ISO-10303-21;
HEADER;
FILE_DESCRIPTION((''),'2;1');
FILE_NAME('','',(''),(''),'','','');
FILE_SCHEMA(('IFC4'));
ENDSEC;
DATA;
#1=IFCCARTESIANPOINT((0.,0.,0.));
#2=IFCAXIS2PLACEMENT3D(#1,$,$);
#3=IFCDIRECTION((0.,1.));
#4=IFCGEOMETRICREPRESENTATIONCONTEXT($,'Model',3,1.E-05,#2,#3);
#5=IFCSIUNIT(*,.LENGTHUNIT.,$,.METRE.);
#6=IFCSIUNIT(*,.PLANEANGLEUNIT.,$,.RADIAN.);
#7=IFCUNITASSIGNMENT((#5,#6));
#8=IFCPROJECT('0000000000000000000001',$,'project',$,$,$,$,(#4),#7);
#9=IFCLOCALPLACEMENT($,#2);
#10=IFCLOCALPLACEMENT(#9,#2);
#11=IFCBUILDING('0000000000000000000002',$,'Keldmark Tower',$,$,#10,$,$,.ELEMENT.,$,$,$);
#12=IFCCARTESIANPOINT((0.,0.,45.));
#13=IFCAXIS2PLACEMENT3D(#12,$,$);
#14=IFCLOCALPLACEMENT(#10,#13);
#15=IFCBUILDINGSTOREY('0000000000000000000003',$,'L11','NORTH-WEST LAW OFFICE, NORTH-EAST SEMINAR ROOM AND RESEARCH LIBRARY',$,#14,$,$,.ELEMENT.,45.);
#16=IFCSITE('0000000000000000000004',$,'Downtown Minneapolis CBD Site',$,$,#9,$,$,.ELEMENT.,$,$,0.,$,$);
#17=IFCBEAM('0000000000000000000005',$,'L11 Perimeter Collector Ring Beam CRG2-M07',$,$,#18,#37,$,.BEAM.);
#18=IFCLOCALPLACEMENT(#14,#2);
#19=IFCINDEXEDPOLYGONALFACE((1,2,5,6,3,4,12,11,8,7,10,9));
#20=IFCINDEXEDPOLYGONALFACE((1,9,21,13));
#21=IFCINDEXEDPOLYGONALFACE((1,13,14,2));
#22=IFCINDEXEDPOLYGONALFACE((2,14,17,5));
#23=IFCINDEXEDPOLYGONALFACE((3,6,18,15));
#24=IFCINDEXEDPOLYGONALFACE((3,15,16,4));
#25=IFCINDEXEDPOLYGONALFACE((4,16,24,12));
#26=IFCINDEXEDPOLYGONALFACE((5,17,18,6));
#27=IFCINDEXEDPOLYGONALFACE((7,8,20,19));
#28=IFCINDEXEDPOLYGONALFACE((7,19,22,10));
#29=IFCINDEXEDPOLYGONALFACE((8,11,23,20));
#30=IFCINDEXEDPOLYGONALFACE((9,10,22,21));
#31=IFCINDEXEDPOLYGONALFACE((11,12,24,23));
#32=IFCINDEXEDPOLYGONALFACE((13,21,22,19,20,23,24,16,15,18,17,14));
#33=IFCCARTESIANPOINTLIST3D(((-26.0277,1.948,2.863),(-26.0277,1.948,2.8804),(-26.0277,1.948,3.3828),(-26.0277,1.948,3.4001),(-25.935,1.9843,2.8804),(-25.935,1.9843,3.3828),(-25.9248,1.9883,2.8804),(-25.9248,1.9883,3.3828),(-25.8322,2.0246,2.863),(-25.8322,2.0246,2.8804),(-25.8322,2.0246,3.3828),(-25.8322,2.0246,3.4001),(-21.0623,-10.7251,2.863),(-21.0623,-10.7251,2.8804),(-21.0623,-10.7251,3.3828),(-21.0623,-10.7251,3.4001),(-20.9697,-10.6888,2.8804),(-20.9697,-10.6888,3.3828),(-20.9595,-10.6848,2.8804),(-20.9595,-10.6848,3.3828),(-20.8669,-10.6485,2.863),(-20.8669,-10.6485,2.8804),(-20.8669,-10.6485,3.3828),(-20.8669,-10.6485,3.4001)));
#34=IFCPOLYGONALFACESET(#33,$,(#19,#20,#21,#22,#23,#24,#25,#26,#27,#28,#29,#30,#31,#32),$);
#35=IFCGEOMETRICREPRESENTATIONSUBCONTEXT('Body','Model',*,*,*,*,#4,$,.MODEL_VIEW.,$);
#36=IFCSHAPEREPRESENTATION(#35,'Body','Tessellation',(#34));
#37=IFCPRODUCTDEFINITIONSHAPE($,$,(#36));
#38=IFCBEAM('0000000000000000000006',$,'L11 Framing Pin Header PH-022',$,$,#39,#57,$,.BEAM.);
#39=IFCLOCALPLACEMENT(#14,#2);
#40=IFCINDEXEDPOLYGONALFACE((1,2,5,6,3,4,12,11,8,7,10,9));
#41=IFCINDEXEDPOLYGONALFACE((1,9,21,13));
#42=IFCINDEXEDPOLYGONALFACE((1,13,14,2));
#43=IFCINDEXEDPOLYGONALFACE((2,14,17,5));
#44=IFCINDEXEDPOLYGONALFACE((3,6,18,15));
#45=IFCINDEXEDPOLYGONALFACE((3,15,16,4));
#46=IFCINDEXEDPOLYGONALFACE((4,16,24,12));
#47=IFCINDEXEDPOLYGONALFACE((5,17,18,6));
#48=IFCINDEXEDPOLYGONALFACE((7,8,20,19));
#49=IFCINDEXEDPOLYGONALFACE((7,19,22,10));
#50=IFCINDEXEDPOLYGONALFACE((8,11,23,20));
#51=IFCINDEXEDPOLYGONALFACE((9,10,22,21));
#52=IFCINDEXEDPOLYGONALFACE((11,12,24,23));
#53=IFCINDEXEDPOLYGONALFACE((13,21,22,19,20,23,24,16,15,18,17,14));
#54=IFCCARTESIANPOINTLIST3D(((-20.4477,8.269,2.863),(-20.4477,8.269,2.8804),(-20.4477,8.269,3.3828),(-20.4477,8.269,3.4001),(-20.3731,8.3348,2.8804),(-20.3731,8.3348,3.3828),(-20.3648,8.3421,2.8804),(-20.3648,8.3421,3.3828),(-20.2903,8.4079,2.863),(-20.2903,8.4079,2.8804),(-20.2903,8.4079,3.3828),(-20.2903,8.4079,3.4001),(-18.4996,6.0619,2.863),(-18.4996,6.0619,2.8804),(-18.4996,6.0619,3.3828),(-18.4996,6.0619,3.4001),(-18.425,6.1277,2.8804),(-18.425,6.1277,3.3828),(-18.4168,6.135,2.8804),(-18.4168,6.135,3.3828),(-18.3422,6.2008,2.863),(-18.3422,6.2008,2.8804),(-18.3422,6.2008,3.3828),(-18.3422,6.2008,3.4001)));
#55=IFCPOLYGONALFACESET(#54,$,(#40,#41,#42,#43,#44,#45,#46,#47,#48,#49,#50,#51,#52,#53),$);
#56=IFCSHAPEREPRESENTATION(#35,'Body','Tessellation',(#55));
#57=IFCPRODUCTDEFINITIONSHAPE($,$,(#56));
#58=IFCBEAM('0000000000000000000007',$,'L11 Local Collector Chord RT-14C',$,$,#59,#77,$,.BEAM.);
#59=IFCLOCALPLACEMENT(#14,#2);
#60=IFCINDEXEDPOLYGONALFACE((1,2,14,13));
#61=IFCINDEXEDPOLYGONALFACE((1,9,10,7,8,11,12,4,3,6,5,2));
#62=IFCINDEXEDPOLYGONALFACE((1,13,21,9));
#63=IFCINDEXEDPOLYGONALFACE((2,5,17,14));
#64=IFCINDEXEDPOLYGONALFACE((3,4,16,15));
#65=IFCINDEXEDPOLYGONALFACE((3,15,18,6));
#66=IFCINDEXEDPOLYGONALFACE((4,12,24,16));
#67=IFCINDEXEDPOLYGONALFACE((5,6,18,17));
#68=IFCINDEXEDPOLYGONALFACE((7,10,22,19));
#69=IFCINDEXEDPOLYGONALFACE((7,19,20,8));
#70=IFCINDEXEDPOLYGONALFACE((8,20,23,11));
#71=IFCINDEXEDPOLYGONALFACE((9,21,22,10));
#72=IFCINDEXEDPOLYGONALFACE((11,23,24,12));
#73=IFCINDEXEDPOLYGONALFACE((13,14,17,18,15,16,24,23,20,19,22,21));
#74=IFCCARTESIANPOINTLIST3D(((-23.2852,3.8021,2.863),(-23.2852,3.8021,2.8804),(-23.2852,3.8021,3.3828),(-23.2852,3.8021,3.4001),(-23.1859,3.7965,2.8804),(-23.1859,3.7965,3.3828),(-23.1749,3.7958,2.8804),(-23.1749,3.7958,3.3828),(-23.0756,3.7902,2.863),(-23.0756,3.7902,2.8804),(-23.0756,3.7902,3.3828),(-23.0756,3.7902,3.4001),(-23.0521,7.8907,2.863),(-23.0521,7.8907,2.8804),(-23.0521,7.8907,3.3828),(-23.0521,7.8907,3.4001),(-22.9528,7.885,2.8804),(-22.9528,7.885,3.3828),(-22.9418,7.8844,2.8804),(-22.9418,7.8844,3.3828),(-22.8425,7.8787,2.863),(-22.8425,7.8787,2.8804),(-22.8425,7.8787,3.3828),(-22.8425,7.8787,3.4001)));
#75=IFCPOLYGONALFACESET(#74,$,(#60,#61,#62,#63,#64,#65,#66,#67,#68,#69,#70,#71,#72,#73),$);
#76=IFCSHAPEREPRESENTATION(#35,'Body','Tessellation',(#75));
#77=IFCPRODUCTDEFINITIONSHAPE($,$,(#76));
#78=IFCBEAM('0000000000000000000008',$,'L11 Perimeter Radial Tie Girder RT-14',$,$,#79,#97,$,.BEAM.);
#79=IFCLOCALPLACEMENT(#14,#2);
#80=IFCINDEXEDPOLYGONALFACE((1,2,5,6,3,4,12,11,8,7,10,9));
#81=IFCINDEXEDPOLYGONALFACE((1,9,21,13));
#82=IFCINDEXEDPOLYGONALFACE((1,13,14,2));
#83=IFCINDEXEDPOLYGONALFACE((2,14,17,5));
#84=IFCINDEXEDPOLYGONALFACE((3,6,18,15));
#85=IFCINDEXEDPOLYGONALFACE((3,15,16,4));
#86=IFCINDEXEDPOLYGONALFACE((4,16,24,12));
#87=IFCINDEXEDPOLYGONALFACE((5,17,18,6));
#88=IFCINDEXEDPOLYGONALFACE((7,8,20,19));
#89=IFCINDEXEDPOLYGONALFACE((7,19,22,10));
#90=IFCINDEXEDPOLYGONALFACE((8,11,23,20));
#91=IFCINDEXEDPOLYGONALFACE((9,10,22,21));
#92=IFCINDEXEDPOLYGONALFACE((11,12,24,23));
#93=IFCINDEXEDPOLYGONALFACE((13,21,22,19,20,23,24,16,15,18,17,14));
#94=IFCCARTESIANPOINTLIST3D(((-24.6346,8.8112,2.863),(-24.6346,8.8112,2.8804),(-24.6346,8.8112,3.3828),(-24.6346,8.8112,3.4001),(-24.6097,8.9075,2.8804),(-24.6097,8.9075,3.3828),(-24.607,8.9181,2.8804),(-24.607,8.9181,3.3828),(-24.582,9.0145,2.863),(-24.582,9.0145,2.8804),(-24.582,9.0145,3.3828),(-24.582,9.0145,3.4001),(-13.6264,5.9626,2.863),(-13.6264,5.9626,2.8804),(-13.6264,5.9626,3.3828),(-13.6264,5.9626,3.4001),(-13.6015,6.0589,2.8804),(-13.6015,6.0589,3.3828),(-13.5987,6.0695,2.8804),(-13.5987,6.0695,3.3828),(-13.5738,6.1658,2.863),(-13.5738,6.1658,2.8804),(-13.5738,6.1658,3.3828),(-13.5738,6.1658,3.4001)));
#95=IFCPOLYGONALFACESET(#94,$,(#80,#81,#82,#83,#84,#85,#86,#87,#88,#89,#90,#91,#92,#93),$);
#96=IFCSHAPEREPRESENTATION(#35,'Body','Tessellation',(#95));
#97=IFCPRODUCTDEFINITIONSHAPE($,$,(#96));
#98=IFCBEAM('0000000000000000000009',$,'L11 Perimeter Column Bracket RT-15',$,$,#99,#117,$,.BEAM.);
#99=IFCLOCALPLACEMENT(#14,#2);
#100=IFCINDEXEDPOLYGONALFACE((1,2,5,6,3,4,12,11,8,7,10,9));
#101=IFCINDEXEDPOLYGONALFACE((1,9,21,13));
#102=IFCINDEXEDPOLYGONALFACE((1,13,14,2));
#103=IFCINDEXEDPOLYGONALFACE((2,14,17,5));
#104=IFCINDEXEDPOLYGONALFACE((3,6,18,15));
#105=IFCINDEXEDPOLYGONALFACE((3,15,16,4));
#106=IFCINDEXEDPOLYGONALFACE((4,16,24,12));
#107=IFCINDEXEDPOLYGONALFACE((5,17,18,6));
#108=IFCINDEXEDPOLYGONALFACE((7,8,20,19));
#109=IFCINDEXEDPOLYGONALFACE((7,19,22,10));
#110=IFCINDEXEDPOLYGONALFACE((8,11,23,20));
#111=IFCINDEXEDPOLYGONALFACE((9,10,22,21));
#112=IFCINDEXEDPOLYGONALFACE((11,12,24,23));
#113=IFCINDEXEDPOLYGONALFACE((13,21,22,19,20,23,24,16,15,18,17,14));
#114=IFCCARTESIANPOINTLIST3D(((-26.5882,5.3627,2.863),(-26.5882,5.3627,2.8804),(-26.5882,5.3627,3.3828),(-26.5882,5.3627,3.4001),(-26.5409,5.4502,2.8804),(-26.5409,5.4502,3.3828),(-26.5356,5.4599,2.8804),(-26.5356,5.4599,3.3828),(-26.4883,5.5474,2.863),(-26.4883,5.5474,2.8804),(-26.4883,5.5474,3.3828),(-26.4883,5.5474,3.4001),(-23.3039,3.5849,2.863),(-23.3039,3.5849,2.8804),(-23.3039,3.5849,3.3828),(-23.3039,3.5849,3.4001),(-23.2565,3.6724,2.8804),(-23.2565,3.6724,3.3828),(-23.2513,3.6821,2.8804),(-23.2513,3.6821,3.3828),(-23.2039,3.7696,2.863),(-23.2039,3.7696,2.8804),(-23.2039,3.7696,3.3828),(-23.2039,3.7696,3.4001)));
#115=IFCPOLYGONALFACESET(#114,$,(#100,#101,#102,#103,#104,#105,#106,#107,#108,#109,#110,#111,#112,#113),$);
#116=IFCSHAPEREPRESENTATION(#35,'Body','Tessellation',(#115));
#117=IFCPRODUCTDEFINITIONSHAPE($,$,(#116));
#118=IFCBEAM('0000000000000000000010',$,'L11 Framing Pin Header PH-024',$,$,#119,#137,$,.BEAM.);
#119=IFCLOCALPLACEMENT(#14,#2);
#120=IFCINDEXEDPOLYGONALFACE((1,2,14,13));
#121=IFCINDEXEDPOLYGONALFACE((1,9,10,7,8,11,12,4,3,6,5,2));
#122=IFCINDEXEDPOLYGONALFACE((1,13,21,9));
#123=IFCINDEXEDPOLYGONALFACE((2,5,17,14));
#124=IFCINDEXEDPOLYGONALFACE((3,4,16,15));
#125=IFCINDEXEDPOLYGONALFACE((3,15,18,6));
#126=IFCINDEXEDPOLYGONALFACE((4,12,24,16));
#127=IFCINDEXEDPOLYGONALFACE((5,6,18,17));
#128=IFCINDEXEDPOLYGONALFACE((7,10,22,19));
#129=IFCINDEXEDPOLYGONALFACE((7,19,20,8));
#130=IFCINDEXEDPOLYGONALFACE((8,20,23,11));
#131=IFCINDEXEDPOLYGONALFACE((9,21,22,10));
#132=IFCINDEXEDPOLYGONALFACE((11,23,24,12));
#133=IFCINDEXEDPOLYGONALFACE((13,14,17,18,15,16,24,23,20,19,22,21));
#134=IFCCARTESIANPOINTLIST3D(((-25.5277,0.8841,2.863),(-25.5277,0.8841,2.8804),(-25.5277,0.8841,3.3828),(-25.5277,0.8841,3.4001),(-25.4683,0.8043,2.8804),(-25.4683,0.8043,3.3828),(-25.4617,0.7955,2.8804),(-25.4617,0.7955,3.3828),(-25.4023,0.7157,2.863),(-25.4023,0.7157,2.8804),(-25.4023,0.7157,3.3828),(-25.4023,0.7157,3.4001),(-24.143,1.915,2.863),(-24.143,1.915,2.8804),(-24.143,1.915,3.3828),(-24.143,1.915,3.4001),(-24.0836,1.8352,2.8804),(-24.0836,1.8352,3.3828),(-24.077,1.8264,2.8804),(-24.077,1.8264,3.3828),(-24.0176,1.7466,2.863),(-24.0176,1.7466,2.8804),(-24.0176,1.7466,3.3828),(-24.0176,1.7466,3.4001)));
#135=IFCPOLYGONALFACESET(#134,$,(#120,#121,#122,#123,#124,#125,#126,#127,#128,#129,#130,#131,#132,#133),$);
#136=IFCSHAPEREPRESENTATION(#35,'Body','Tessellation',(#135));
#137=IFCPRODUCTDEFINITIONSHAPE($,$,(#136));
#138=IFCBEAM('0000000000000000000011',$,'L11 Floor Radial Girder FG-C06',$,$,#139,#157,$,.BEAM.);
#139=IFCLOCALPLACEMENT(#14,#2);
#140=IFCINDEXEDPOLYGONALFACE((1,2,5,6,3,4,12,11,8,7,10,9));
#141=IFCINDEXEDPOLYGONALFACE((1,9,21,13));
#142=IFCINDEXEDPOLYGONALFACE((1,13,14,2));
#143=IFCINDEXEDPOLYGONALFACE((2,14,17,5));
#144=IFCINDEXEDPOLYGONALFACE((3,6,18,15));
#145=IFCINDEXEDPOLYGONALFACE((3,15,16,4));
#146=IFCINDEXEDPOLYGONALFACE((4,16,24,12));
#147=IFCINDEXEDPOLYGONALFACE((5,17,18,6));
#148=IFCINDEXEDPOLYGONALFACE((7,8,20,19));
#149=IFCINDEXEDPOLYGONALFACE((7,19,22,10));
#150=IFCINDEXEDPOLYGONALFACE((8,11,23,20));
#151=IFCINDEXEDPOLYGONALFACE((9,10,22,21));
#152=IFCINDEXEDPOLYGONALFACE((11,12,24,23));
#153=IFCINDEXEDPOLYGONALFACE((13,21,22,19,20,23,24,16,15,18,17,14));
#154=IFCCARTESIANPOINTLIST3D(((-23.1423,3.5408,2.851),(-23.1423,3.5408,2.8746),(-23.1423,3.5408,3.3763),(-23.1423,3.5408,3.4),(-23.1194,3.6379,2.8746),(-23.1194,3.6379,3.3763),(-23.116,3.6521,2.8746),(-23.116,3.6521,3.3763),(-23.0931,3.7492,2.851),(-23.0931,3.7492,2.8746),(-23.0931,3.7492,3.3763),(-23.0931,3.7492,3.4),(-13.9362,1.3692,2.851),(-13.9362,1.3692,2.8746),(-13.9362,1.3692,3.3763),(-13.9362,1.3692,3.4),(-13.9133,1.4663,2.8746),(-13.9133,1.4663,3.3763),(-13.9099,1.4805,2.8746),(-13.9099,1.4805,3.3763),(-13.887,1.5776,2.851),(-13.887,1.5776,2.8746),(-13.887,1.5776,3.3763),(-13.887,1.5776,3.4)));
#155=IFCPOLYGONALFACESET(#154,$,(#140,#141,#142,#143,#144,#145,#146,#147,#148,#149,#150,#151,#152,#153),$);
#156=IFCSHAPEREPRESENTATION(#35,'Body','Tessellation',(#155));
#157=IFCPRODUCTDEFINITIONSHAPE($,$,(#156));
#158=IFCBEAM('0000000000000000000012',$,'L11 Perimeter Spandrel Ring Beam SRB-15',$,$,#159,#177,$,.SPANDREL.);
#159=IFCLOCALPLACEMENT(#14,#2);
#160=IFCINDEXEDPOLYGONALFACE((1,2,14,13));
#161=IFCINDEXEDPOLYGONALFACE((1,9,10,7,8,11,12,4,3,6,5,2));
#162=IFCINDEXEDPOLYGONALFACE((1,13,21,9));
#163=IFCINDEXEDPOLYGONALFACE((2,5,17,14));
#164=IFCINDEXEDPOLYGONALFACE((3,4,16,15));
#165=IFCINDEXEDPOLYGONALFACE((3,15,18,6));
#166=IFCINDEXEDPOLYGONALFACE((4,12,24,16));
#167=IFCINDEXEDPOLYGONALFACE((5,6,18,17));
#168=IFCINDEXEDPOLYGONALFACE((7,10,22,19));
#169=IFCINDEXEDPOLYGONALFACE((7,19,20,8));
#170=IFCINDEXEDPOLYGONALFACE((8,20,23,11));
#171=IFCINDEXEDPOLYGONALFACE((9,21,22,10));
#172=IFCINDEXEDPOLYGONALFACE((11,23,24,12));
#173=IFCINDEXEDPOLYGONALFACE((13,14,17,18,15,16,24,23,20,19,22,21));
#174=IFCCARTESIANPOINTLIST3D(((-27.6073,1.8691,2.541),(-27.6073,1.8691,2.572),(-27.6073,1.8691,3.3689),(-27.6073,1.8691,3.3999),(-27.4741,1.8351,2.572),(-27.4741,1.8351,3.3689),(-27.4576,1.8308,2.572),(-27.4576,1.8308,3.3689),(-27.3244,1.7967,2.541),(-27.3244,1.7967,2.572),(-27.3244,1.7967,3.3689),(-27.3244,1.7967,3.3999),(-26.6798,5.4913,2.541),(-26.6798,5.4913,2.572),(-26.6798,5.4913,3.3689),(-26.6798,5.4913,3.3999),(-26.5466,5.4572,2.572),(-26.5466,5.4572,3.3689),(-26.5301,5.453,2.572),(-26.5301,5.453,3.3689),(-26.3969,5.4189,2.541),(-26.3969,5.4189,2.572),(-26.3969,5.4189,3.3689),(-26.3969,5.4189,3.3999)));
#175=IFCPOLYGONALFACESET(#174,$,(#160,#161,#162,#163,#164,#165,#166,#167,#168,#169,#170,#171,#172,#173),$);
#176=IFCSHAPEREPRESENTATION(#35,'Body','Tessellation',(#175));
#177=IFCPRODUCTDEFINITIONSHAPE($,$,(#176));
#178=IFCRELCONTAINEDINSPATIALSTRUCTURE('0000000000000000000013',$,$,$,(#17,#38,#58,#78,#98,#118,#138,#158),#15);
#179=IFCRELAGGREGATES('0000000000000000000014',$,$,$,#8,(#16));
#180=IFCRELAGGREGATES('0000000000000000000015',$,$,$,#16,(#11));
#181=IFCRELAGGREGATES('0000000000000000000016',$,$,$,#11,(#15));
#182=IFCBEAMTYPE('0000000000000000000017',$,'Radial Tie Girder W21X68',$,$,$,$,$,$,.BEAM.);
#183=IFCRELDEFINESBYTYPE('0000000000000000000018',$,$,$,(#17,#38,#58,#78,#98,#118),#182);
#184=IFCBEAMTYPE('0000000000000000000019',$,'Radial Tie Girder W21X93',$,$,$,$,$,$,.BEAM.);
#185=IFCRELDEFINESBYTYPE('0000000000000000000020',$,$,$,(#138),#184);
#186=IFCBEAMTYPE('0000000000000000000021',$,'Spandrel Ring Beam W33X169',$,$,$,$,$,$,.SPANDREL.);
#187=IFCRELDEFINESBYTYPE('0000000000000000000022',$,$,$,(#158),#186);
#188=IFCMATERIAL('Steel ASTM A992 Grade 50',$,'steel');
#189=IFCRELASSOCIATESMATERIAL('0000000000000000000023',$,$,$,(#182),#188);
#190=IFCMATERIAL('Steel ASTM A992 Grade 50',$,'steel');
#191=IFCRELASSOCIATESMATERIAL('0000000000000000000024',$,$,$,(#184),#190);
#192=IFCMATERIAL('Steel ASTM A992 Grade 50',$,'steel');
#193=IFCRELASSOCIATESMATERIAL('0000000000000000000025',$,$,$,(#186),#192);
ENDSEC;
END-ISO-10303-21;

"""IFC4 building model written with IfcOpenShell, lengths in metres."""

from ifc_helpers import new_model, si_unit, direction, frame, origin, origin_2d, place, context, subcontext, project, spatial, i_section, extrude, material, material_profile, profile_set, type_object, element, save


model = new_model("IFC4")

# Units and contexts
model_context = context("Model", 3, precision=1e-05, world=origin(), true_north=direction((0.0, 1.0)))
body_context = subcontext(model_context, "Body", "Model", "MODEL_VIEW")
ifc_project = project(units=[si_unit("LENGTHUNIT", "METRE"), si_unit("PLANEANGLEUNIT", "RADIAN")], contexts=[model_context])

# Site, building, storey
site_placement = place(None, origin())
site = spatial("IfcSite", under=ifc_project, at=site_placement, Name="Downtown Minneapolis CBD Site", CompositionType="ELEMENT", RefElevation=0.0)
building_placement = place(site_placement, origin())
building = spatial("IfcBuilding", under=site, at=building_placement, Name="Keldmark Tower", CompositionType="ELEMENT")
storey_placement = place(building_placement, frame((0.0, 0.0, 45.0)))
storey = spatial("IfcBuildingStorey", under=building, at=storey_placement, Name="L11", Description="NORTH-WEST LAW OFFICE, NORTH-EAST SEMINAR ROOM AND RESEARCH LIBRARY", CompositionType="ELEMENT", Elevation=45.0)

# Beams
ifc_material_1 = material(Name="Steel ASTM A992 Grade 50", Category="steel")
ifc_material_profile_1 = material_profile(ifc_material_1, i_section(OverallWidth=0.21, OverallDepth=0.5371, WebThickness=0.011, FlangeThickness=0.0173, at=origin_2d()), Name="W21X68")
ifc_profile_set_1 = profile_set([ifc_material_profile_1], Name="Steel ASTM A992 Grade 50")
beam_type_1 = type_object("IfcBeamType", Name="Radial Tie Girder W21X68", PredefinedType="BEAM", material=ifc_profile_set_1)
beam_1_placement = place(storey_placement, frame((-25.9299, 1.9863, 3.1316), z_axis=(0.3648, -0.931086, 0.0), x_axis=(0.931086, 0.3648, 0.0)))
element("IfcBeam", 1, at=beam_1_placement, inside=storey, type_object=beam_type_1, Name="L11 Perimeter Collector Ring Beam CRG2-M07", PredefinedType="BEAM", context=body_context, shape_type="SweptSolid", body=[
    extrude(i_section(OverallWidth=0.21, OverallDepth=0.5371, WebThickness=0.011, FlangeThickness=0.0173, at=origin_2d()), origin(), (0.0, 0.0, 1.0), 13.6111),
])
beam_2_placement = place(storey_placement, frame((-18.4209, 6.1313, 3.1316), z_axis=(-0.66174, 0.749734, 0.0), x_axis=(-0.749734, -0.66174, 0.0)))
element("IfcBeam", 2, at=beam_2_placement, inside=storey, type_object=beam_type_1, Name="L11 Framing Pin Header PH-022", PredefinedType="BEAM", context=body_context, shape_type="SweptSolid", body=[
    extrude(i_section(OverallWidth=0.21, OverallDepth=0.5371, WebThickness=0.011, FlangeThickness=0.0173, at=origin_2d()), origin(), (0.0, 0.0, 1.0), 2.9438),
])
beam_3_placement = place(storey_placement, frame((-23.1804, 3.7961, 3.1316), z_axis=(0.056933, 0.998378, 0.0), x_axis=(-0.998378, 0.056933, 0.0)))
element("IfcBeam", 3, at=beam_3_placement, inside=storey, type_object=beam_type_1, Name="L11 Local Collector Chord RT-14C", PredefinedType="BEAM", context=body_context, shape_type="SweptSolid", body=[
    extrude(i_section(OverallWidth=0.21, OverallDepth=0.5371, WebThickness=0.011, FlangeThickness=0.0173, at=origin_2d()), origin(), (0.0, 0.0, 1.0), 4.0952),
])
beam_4_placement = place(storey_placement, frame((-13.6001, 6.0642, 3.1316), z_axis=(-0.968112, 0.25052, 0.0), x_axis=(-0.25052, -0.968112, 0.0)))
element("IfcBeam", 4, at=beam_4_placement, inside=storey, type_object=beam_type_1, Name="L11 Perimeter Radial Tie Girder RT-14", PredefinedType="BEAM", context=body_context, shape_type="SweptSolid", body=[
    extrude(i_section(OverallWidth=0.21, OverallDepth=0.5371, WebThickness=0.011, FlangeThickness=0.0173, at=origin_2d()), origin(), (0.0, 0.0, 1.0), 11.3708),
])
beam_5_placement = place(storey_placement, frame((-23.2539, 3.6772, 3.1316), z_axis=(-0.87943, 0.476028, 0.0), x_axis=(-0.476028, -0.87943, 0.0)))
element("IfcBeam", 5, at=beam_5_placement, inside=storey, type_object=beam_type_1, Name="L11 Perimeter Column Bracket RT-15", PredefinedType="BEAM", context=body_context, shape_type="SweptSolid", body=[
    extrude(i_section(OverallWidth=0.21, OverallDepth=0.5371, WebThickness=0.011, FlangeThickness=0.0173, at=origin_2d()), origin(), (0.0, 0.0, 1.0), 3.7346),
])
beam_6_placement = place(storey_placement, frame((-24.0803, 1.8308, 3.1316), z_axis=(-0.802099, -0.597191, 0.0), x_axis=(0.597191, -0.802099, 0.0)))
element("IfcBeam", 6, at=beam_6_placement, inside=storey, type_object=beam_type_1, Name="L11 Framing Pin Header PH-024", PredefinedType="BEAM", context=body_context, shape_type="SweptSolid", body=[
    extrude(i_section(OverallWidth=0.21, OverallDepth=0.5371, WebThickness=0.011, FlangeThickness=0.0173, at=origin_2d()), origin(), (0.0, 0.0, 1.0), 1.7263),
])
ifc_material_2 = material(Name="Steel ASTM A992 Grade 50", Category="steel")
ifc_material_profile_2 = material_profile(ifc_material_2, i_section(OverallWidth=0.2141, OverallDepth=0.5491, WebThickness=0.0146, FlangeThickness=0.0237, at=origin_2d()), Name="W21X93")
ifc_profile_set_2 = profile_set([ifc_material_profile_2], Name="Steel ASTM A992 Grade 50")
beam_type_2 = type_object("IfcBeamType", Name="Radial Tie Girder W21X93", PredefinedType="BEAM", material=ifc_profile_set_2)
beam_7_placement = place(storey_placement, frame((-23.1177, 3.645, 3.1255), z_axis=(0.973287, -0.22959, 0.0), x_axis=(0.22959, 0.973287, 0.0)))
element("IfcBeam", 7, at=beam_7_placement, inside=storey, type_object=beam_type_2, Name="L11 Floor Radial Girder FG-C06", PredefinedType="BEAM", context=body_context, shape_type="SweptSolid", body=[
    extrude(i_section(OverallWidth=0.2141, OverallDepth=0.5491, WebThickness=0.0146, FlangeThickness=0.0237, at=origin_2d()), origin(), (0.0, 0.0, 1.0), 9.4587),
])
ifc_material_3 = material(Name="Steel ASTM A992 Grade 50", Category="steel")
ifc_material_profile_3 = material_profile(ifc_material_3, i_section(OverallWidth=0.292, OverallDepth=0.8589, WebThickness=0.0171, FlangeThickness=0.031, at=origin_2d()), Name="W33X169")
ifc_profile_set_3 = profile_set([ifc_material_profile_3], Name="Steel ASTM A992 Grade 50")
beam_type_3 = type_object("IfcBeamType", Name="Spandrel Ring Beam W33X169", PredefinedType="SPANDREL", material=ifc_profile_set_3)
beam_8_placement = place(storey_placement, frame((-26.5383, 5.4551, 2.9705), z_axis=(-0.248063, -0.968744, 0.0), x_axis=(0.968744, -0.248063, 0.0)))
element("IfcBeam", 8, at=beam_8_placement, inside=storey, type_object=beam_type_3, Name="L11 Perimeter Spandrel Ring Beam SRB-15", PredefinedType="SPANDREL", context=body_context, shape_type="SweptSolid", body=[
    extrude(i_section(OverallWidth=0.292, OverallDepth=0.8589, WebThickness=0.0171, FlangeThickness=0.031, at=origin_2d()), origin(), (0.0, 0.0, 1.0), 3.739),
])

save(model, "model.ifc")
